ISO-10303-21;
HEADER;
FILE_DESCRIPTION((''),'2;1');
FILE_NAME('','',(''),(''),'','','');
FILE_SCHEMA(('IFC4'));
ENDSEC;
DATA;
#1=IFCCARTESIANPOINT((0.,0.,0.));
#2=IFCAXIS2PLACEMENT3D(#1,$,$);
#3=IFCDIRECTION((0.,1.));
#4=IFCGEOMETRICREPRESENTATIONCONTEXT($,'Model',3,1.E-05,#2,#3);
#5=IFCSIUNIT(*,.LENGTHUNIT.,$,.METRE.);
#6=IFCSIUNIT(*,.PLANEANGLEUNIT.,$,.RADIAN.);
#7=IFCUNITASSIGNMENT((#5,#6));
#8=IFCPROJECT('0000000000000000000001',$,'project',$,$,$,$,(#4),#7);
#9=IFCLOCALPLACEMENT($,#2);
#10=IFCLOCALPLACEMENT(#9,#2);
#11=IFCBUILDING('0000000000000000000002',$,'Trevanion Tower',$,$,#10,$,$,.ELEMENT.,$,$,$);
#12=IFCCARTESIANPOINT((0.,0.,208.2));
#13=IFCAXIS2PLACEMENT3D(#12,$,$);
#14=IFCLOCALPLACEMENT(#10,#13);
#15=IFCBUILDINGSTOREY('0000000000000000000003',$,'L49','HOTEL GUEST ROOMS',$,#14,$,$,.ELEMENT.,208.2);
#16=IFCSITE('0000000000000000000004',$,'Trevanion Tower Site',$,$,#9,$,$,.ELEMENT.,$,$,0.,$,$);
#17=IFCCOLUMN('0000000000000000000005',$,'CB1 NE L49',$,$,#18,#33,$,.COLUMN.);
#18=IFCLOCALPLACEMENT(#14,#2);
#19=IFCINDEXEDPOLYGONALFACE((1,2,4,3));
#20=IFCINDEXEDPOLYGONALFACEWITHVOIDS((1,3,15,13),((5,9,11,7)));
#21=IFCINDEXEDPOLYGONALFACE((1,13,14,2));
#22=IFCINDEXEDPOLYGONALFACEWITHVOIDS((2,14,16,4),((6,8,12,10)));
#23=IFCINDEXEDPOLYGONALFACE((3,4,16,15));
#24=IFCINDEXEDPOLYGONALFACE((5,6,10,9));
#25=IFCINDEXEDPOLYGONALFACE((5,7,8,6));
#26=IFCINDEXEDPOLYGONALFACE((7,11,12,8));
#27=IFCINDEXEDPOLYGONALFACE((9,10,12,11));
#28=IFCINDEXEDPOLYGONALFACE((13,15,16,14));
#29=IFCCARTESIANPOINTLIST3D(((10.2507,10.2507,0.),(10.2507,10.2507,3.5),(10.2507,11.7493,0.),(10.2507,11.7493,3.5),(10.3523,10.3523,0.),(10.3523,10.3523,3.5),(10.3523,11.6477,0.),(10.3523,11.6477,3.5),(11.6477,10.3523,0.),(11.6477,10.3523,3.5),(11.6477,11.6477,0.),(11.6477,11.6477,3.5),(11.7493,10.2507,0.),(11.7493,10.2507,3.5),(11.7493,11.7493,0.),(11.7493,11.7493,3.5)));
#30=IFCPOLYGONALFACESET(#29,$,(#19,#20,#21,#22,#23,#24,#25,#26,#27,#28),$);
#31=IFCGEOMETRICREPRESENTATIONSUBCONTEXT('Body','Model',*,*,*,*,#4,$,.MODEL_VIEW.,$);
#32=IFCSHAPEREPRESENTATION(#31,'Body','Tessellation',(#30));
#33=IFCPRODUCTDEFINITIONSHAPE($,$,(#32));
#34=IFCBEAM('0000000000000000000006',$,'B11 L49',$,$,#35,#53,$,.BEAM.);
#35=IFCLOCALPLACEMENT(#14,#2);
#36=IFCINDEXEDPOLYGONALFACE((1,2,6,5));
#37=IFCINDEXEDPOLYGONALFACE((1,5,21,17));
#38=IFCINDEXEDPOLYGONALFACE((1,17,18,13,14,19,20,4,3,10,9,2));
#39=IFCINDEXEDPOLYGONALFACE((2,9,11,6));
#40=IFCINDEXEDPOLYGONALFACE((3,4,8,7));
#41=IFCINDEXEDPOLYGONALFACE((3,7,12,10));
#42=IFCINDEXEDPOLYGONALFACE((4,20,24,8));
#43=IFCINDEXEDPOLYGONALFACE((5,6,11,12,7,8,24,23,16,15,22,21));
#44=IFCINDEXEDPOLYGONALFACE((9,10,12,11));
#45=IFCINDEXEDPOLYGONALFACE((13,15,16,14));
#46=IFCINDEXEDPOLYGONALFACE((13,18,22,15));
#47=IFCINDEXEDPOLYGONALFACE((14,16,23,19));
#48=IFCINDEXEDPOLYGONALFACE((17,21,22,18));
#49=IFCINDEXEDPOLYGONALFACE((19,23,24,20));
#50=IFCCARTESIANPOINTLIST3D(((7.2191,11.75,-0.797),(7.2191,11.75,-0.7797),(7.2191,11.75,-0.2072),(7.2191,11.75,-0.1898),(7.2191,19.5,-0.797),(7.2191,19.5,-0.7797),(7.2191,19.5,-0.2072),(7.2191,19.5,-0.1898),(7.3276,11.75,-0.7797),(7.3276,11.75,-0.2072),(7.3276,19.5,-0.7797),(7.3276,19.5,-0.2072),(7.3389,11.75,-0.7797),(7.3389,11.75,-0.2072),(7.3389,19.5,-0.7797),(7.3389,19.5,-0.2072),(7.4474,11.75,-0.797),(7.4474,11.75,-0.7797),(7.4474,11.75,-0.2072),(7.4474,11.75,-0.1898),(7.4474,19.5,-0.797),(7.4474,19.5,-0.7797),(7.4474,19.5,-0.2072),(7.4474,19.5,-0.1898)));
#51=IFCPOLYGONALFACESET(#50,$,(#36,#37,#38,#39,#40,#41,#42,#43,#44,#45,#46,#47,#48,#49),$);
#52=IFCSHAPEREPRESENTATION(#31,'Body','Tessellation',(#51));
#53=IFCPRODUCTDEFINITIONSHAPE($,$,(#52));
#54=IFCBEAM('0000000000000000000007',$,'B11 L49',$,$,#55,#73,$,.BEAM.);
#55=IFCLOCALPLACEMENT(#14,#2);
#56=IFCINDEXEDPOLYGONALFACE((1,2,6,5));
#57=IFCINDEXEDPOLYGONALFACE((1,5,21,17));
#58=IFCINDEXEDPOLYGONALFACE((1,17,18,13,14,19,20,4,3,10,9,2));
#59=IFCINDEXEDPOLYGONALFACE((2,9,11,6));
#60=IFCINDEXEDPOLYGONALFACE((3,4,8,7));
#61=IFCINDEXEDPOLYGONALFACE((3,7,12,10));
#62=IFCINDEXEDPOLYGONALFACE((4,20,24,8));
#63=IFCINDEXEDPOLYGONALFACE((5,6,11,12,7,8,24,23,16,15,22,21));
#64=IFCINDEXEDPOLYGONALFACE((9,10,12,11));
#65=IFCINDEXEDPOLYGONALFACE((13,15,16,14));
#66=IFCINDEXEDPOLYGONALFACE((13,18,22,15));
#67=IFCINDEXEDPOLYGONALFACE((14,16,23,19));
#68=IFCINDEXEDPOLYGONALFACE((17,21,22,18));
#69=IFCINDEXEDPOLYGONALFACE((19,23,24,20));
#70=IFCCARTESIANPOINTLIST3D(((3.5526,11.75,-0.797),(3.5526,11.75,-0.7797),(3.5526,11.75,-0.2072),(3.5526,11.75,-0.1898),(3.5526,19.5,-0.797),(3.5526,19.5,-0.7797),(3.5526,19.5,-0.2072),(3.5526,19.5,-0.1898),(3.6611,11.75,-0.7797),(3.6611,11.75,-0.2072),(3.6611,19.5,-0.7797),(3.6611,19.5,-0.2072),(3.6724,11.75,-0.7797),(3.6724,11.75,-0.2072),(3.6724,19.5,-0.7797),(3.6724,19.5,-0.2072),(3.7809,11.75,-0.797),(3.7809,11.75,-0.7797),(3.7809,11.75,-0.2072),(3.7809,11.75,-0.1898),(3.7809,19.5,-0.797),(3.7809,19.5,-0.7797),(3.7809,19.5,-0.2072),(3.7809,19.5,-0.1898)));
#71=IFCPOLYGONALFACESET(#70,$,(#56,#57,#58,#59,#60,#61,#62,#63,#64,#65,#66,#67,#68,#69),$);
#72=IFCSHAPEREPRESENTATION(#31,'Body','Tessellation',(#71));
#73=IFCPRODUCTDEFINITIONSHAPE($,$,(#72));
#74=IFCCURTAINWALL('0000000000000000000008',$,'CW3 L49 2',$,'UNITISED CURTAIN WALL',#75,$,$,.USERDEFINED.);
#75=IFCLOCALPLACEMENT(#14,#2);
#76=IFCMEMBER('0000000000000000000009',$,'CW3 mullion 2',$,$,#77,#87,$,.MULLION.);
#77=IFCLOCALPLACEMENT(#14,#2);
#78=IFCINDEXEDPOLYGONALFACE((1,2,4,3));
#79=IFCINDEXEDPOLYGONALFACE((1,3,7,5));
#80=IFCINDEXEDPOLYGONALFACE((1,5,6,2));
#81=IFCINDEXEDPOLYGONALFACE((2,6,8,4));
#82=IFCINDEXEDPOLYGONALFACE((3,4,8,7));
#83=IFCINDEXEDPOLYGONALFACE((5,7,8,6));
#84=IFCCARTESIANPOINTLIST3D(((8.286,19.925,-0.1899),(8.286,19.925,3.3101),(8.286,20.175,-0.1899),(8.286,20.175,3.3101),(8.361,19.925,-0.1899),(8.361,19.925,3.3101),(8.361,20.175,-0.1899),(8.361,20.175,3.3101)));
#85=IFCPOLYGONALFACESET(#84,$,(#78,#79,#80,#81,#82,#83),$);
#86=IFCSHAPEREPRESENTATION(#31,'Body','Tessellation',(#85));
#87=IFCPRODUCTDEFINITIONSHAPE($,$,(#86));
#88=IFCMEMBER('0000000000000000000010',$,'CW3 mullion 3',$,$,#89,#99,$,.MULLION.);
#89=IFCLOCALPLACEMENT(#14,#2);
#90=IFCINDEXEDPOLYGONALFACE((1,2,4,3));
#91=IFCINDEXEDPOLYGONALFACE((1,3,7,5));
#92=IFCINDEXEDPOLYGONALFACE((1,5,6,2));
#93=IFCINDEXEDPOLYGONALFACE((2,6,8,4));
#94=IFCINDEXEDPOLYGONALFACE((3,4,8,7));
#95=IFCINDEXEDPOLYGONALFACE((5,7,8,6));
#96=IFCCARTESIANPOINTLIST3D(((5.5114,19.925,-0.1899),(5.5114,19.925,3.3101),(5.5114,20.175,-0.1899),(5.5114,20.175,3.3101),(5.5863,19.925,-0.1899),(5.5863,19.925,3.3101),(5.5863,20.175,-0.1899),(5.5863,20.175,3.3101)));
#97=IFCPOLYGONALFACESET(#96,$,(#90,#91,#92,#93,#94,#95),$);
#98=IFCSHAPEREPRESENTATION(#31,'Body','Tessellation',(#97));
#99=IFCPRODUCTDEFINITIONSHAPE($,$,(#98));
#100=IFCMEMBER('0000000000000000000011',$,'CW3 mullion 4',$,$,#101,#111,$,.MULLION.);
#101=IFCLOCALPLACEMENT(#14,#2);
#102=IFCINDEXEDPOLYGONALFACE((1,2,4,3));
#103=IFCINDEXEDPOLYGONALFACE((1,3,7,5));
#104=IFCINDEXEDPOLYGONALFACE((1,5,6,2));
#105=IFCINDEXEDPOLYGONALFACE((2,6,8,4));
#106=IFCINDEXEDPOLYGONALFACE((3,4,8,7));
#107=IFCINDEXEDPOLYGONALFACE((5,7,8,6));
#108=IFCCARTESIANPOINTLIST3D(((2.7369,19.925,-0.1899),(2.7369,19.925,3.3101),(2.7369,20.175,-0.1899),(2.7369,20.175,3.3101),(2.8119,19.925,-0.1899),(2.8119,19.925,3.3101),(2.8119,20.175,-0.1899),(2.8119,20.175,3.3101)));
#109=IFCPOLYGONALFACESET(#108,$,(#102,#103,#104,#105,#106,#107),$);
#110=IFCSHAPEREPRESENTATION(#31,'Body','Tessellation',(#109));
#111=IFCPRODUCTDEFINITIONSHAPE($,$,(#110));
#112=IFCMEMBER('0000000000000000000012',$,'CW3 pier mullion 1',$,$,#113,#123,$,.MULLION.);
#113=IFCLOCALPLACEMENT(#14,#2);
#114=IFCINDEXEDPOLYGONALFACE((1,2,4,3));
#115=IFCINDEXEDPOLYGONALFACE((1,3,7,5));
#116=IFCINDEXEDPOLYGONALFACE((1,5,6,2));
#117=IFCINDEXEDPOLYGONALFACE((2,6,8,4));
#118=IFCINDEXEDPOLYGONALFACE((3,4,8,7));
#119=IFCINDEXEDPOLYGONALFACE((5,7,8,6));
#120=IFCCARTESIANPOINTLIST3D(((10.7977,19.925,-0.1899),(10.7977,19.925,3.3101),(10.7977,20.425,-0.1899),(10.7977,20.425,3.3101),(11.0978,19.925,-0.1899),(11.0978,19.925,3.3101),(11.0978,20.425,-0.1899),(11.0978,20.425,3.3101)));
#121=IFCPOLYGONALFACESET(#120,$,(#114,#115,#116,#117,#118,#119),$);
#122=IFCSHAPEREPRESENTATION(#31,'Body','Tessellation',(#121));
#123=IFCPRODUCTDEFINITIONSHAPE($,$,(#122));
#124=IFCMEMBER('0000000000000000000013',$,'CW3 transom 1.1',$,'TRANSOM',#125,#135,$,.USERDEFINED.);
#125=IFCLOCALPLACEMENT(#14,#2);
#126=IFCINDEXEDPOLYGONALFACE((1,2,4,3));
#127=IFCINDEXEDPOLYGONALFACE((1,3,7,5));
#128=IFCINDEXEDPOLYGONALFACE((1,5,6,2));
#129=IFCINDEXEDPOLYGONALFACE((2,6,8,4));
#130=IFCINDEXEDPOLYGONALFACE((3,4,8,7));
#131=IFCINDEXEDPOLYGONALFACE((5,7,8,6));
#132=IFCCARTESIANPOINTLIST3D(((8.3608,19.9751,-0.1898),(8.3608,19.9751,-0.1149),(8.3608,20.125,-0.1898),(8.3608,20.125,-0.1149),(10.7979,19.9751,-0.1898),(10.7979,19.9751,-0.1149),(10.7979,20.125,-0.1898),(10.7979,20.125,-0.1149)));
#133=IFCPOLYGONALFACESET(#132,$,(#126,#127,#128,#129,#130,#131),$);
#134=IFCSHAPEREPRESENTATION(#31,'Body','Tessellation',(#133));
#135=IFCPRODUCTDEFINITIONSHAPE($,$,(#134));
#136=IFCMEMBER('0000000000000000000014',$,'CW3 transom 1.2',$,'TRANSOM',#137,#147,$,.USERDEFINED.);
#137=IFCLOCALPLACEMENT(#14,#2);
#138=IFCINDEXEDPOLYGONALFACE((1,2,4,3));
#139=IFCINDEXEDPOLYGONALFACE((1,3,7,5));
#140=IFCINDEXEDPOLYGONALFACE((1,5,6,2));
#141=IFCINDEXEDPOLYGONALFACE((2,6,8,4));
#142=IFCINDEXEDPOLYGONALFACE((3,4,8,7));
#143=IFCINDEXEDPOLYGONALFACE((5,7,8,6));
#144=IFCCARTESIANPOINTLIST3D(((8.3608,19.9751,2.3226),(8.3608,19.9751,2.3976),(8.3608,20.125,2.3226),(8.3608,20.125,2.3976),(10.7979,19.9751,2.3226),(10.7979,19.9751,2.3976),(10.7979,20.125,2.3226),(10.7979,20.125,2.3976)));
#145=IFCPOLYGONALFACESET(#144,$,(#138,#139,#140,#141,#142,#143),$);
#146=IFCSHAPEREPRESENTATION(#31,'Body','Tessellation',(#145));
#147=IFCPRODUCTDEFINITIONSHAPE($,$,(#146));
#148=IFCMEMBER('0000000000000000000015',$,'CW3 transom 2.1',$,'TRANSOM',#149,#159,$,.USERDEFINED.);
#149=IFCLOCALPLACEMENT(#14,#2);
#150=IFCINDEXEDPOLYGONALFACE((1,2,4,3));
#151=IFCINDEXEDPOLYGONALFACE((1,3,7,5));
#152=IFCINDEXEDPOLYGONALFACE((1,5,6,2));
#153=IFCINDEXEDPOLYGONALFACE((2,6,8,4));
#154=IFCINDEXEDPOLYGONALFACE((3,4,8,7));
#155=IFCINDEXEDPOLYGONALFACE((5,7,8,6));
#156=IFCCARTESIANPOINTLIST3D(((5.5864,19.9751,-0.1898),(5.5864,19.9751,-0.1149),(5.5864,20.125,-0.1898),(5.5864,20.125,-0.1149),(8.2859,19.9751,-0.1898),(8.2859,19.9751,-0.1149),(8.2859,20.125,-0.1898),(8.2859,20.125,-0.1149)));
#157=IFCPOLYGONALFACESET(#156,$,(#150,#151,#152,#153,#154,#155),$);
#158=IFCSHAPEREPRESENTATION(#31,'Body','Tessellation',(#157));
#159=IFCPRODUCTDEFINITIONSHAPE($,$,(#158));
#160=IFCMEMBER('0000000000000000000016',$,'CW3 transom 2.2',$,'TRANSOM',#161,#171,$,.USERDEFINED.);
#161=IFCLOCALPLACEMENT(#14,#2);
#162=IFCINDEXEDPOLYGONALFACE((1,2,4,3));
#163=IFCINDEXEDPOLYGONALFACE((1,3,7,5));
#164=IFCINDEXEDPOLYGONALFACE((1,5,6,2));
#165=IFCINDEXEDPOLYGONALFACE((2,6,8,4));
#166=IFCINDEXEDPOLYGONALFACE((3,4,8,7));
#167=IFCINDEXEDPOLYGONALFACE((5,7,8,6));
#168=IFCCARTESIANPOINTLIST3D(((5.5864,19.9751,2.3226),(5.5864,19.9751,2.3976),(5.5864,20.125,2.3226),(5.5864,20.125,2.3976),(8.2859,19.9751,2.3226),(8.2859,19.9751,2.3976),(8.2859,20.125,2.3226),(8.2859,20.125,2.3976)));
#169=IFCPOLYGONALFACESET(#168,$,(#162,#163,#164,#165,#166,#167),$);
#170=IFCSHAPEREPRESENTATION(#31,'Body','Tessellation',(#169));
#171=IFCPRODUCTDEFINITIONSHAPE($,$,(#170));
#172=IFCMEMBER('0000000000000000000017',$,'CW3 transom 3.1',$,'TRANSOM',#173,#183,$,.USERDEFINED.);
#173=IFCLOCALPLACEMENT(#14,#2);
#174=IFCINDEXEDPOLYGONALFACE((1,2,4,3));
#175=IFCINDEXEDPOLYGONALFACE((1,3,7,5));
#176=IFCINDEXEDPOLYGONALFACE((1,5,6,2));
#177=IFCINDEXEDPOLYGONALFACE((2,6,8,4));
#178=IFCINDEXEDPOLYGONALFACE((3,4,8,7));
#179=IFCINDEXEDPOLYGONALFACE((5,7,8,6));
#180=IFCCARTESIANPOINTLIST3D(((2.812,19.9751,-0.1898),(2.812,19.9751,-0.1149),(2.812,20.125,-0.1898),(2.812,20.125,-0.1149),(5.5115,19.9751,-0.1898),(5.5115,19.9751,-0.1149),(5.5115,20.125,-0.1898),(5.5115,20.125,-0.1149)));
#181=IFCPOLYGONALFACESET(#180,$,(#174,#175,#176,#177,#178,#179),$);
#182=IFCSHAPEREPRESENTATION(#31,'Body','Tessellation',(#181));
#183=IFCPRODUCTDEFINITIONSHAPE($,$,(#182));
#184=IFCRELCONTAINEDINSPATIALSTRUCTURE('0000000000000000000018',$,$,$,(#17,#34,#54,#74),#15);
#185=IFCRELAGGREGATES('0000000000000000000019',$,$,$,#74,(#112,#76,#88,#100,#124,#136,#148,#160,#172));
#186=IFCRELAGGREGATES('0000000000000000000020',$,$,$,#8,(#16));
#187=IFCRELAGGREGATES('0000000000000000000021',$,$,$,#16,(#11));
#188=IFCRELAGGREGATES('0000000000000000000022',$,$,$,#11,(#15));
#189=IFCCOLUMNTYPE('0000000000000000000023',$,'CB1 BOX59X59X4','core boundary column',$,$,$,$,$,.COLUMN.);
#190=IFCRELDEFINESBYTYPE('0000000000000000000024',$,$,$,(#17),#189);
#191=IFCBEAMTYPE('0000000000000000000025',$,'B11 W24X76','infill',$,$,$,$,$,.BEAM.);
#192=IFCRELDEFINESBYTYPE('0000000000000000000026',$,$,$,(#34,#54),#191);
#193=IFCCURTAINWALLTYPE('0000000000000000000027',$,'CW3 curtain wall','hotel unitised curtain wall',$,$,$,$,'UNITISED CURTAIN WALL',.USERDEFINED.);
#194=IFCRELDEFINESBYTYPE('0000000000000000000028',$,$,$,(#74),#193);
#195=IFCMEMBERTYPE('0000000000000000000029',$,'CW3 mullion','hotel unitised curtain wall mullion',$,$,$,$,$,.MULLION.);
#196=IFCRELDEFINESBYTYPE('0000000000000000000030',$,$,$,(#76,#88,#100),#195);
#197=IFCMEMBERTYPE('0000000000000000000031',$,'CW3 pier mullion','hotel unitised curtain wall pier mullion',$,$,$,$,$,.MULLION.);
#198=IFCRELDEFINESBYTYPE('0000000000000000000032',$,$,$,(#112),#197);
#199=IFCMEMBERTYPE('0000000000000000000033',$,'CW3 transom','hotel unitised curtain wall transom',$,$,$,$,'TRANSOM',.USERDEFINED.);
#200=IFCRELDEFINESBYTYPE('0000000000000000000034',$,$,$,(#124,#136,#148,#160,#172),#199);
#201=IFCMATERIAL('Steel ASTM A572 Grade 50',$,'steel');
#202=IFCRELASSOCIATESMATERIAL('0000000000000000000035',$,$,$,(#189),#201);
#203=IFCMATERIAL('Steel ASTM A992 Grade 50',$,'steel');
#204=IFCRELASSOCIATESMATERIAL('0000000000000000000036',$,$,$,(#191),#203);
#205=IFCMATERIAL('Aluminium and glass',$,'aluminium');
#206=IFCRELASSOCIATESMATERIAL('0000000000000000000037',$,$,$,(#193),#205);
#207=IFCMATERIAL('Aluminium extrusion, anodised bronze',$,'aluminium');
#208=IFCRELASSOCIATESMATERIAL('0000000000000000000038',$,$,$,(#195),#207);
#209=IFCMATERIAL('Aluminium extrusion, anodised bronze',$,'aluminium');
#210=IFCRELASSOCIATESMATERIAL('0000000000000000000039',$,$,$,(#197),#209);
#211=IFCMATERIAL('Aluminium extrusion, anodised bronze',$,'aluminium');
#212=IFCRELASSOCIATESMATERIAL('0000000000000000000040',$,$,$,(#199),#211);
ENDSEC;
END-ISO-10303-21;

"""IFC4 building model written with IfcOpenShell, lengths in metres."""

from ifc_helpers import new_model, si_unit, direction, frame, origin, origin_2d, place, context, subcontext, project, spatial, rectangle, hollow_rectangle, i_section, extrude, material, material_profile, profile_set, type_object, element, aggregate, save


model = new_model("IFC4")

# Units and contexts
model_context = context("Model", 3, precision=1e-05, world=origin(), true_north=direction((0.0, 1.0)))
body_context = subcontext(model_context, "Body", "Model", "MODEL_VIEW")
ifc_project = project(units=[si_unit("LENGTHUNIT", "METRE"), si_unit("PLANEANGLEUNIT", "RADIAN")], contexts=[model_context])

# Site, building, storey
site_placement = place(None, origin())
site = spatial("IfcSite", under=ifc_project, at=site_placement, Name="Trevanion Tower Site", CompositionType="ELEMENT", RefElevation=0.0)
building_placement = place(site_placement, origin())
building = spatial("IfcBuilding", under=site, at=building_placement, Name="Trevanion Tower", CompositionType="ELEMENT")
storey_placement = place(building_placement, frame((0.0, 0.0, 208.2)))
storey = spatial("IfcBuildingStorey", under=building, at=storey_placement, Name="L49", Description="HOTEL GUEST ROOMS", CompositionType="ELEMENT", Elevation=208.2)

# Column
ifc_material_1 = material(Name="Steel ASTM A572 Grade 50", Category="steel")
ifc_material_profile_1 = material_profile(ifc_material_1, hollow_rectangle(XDim=1.4985, YDim=1.4985, WallThickness=0.1016, at=origin_2d()), Name="BOX59X59X4")
ifc_profile_set_1 = profile_set([ifc_material_profile_1], Name="Steel ASTM A572 Grade 50")
column_type = type_object("IfcColumnType", Name="CB1 BOX59X59X4", Description="core boundary column", PredefinedType="COLUMN", material=ifc_profile_set_1)
column_placement = place(storey_placement, frame((11.0, 11.0, 0.0), z_axis=(0.0, 0.0, 1.0), x_axis=(1.0, 0.0, 0.0)))
element("IfcColumn", 1, at=column_placement, inside=storey, type_object=column_type, Name="CB1 NE L49", PredefinedType="COLUMN", context=body_context, shape_type="SweptSolid", body=[
    extrude(hollow_rectangle(XDim=1.4985, YDim=1.4985, WallThickness=0.1016, at=origin_2d()), origin(), (0.0, 0.0, 1.0), 3.5),
])

# Beams
ifc_material_2 = material(Name="Steel ASTM A992 Grade 50", Category="steel")
ifc_material_profile_2 = material_profile(ifc_material_2, i_section(OverallWidth=0.2283, OverallDepth=0.6072, WebThickness=0.0112, FlangeThickness=0.0173, at=origin_2d()), Name="W24X76")
ifc_profile_set_2 = profile_set([ifc_material_profile_2], Name="Steel ASTM A992 Grade 50")
beam_type_1 = type_object("IfcBeamType", Name="B11 W24X76", Description="infill", PredefinedType="BEAM", material=ifc_profile_set_2)
for number, where, z_axis, x_axis, name in (
    (2, (7.3333, 11.75, -0.4934), (0.0, 1.0, 0.0), (-1.0, 0.0, 0.0), "B11 L49"),
    (3, (3.6667, 11.75, -0.4934), (0.0, 1.0, 0.0), (-1.0, 0.0, 0.0), "B11 L49"),
):
    element("IfcBeam", number, at=place(storey_placement, frame(where, z_axis=z_axis, x_axis=x_axis)), inside=storey, type_object=beam_type_1, Name=name, PredefinedType="BEAM", context=body_context, shape_type="SweptSolid", body=[
        extrude(i_section(OverallWidth=0.2283, OverallDepth=0.6072, WebThickness=0.0112, FlangeThickness=0.0173, at=origin_2d()), origin(), (0.0, 0.0, 1.0), 7.75),
    ])

# Curtain wall, members
ifc_material_3 = material(Name="Aluminium and glass", Category="aluminium")
curtain_wall_type = type_object("IfcCurtainWallType", Name="CW3 curtain wall", Description="hotel unitised curtain wall", ElementType="UNITISED CURTAIN WALL", PredefinedType="USERDEFINED", material=ifc_material_3)
curtain_wall_placement = place(storey_placement, origin())
curtain_wall = element("IfcCurtainWall", 4, at=curtain_wall_placement, inside=storey, type_object=curtain_wall_type, Name="CW3 L49 2", ObjectType="UNITISED CURTAIN WALL", PredefinedType="USERDEFINED")
ifc_material_4 = material(Name="Aluminium extrusion, anodised bronze", Category="aluminium")
ifc_material_profile_3 = material_profile(ifc_material_4, rectangle(XDim=0.075, YDim=0.25, at=origin_2d()), Name="CW3 mullion")
ifc_profile_set_3 = profile_set([ifc_material_profile_3], Name="Aluminium extrusion, anodised bronze")
member_type_1 = type_object("IfcMemberType", Name="CW3 mullion", Description="hotel unitised curtain wall mullion", PredefinedType="MULLION", material=ifc_profile_set_3)
member_1_placement = place(storey_placement, frame((8.3235, 20.05, -0.1899), z_axis=(0.0, 0.0, 1.0), x_axis=(-1.0, 0.0, 0.0)))
member_1 = element("IfcMember", 5, at=member_1_placement, type_object=member_type_1, Name="CW3 mullion 2", PredefinedType="MULLION", context=body_context, shape_type="SweptSolid", body=[
    extrude(rectangle(XDim=0.075, YDim=0.25, at=origin_2d()), origin(), (0.0, 0.0, 1.0), 3.5),
])
member_2_placement = place(storey_placement, frame((5.5488, 20.05, -0.1899), z_axis=(0.0, 0.0, 1.0), x_axis=(-1.0, 0.0, 0.0)))
member_2 = element("IfcMember", 6, at=member_2_placement, type_object=member_type_1, Name="CW3 mullion 3", PredefinedType="MULLION", context=body_context, shape_type="SweptSolid", body=[
    extrude(rectangle(XDim=0.075, YDim=0.25, at=origin_2d()), origin(), (0.0, 0.0, 1.0), 3.5),
])
member_3_placement = place(storey_placement, frame((2.7744, 20.05, -0.1899), z_axis=(0.0, 0.0, 1.0), x_axis=(-1.0, 0.0, 0.0)))
member_3 = element("IfcMember", 7, at=member_3_placement, type_object=member_type_1, Name="CW3 mullion 4", PredefinedType="MULLION", context=body_context, shape_type="SweptSolid", body=[
    extrude(rectangle(XDim=0.075, YDim=0.25, at=origin_2d()), origin(), (0.0, 0.0, 1.0), 3.5),
])
ifc_material_5 = material(Name="Aluminium extrusion, anodised bronze", Category="aluminium")
ifc_material_profile_4 = material_profile(ifc_material_5, rectangle(XDim=0.3, YDim=0.5, at=origin_2d()), Name="CW3 pier mullion")
ifc_profile_set_4 = profile_set([ifc_material_profile_4], Name="Aluminium extrusion, anodised bronze")
member_type_2 = type_object("IfcMemberType", Name="CW3 pier mullion", Description="hotel unitised curtain wall pier mullion", PredefinedType="MULLION", material=ifc_profile_set_4)
member_4_placement = place(storey_placement, frame((10.9478, 20.175, -0.1899), z_axis=(0.0, 0.0, 1.0), x_axis=(-1.0, 0.0, 0.0)))
member_4 = element("IfcMember", 8, at=member_4_placement, type_object=member_type_2, Name="CW3 pier mullion 1", PredefinedType="MULLION", context=body_context, shape_type="SweptSolid", body=[
    extrude(rectangle(XDim=0.3, YDim=0.5, at=origin_2d()), origin(), (0.0, 0.0, 1.0), 3.5),
])
ifc_material_6 = material(Name="Aluminium extrusion, anodised bronze", Category="aluminium")
ifc_material_profile_5 = material_profile(ifc_material_6, rectangle(XDim=0.1499, YDim=0.075, at=origin_2d()), Name="CW3 transom")
ifc_profile_set_5 = profile_set([ifc_material_profile_5], Name="Aluminium extrusion, anodised bronze")
member_type_3 = type_object("IfcMemberType", Name="CW3 transom", Description="hotel unitised curtain wall transom", ElementType="TRANSOM", PredefinedType="USERDEFINED", material=ifc_profile_set_5)
member_5_placement = place(storey_placement, frame((10.7979, 20.05, -0.1523), z_axis=(-1.0, 0.0, 0.0), x_axis=(0.0, -1.0, 0.0)))
member_5 = element("IfcMember", 9, at=member_5_placement, type_object=member_type_3, Name="CW3 transom 1.1", ObjectType="TRANSOM", PredefinedType="USERDEFINED", context=body_context, shape_type="SweptSolid", body=[
    extrude(rectangle(XDim=0.1499, YDim=0.075, at=origin_2d()), origin(), (0.0, 0.0, 1.0), 2.437),
])
member_6_placement = place(storey_placement, frame((10.7979, 20.05, 2.3601), z_axis=(-1.0, 0.0, 0.0), x_axis=(0.0, -1.0, 0.0)))
member_6 = element("IfcMember", 10, at=member_6_placement, type_object=member_type_3, Name="CW3 transom 1.2", ObjectType="TRANSOM", PredefinedType="USERDEFINED", context=body_context, shape_type="SweptSolid", body=[
    extrude(rectangle(XDim=0.1499, YDim=0.075, at=origin_2d()), origin(), (0.0, 0.0, 1.0), 2.437),
])
member_7_placement = place(storey_placement, frame((8.2859, 20.05, -0.1523), z_axis=(-1.0, 0.0, 0.0), x_axis=(0.0, -1.0, 0.0)))
member_7 = element("IfcMember", 11, at=member_7_placement, type_object=member_type_3, Name="CW3 transom 2.1", ObjectType="TRANSOM", PredefinedType="USERDEFINED", context=body_context, shape_type="SweptSolid", body=[
    extrude(rectangle(XDim=0.1499, YDim=0.075, at=origin_2d()), origin(), (0.0, 0.0, 1.0), 2.6995),
])
member_8_placement = place(storey_placement, frame((8.2859, 20.05, 2.3601), z_axis=(-1.0, 0.0, 0.0), x_axis=(0.0, -1.0, 0.0)))
member_8 = element("IfcMember", 12, at=member_8_placement, type_object=member_type_3, Name="CW3 transom 2.2", ObjectType="TRANSOM", PredefinedType="USERDEFINED", context=body_context, shape_type="SweptSolid", body=[
    extrude(rectangle(XDim=0.1499, YDim=0.075, at=origin_2d()), origin(), (0.0, 0.0, 1.0), 2.6995),
])
member_9_placement = place(storey_placement, frame((5.5115, 20.05, -0.1523), z_axis=(-1.0, 0.0, 0.0), x_axis=(0.0, -1.0, 0.0)))
member_9 = element("IfcMember", 13, at=member_9_placement, type_object=member_type_3, Name="CW3 transom 3.1", ObjectType="TRANSOM", PredefinedType="USERDEFINED", context=body_context, shape_type="SweptSolid", body=[
    extrude(rectangle(XDim=0.1499, YDim=0.075, at=origin_2d()), origin(), (0.0, 0.0, 1.0), 2.6995),
])

aggregate(curtain_wall, [member_4, member_1, member_2, member_3, member_5, member_6, member_7, member_8, member_9])

save(model, "model.ifc")
